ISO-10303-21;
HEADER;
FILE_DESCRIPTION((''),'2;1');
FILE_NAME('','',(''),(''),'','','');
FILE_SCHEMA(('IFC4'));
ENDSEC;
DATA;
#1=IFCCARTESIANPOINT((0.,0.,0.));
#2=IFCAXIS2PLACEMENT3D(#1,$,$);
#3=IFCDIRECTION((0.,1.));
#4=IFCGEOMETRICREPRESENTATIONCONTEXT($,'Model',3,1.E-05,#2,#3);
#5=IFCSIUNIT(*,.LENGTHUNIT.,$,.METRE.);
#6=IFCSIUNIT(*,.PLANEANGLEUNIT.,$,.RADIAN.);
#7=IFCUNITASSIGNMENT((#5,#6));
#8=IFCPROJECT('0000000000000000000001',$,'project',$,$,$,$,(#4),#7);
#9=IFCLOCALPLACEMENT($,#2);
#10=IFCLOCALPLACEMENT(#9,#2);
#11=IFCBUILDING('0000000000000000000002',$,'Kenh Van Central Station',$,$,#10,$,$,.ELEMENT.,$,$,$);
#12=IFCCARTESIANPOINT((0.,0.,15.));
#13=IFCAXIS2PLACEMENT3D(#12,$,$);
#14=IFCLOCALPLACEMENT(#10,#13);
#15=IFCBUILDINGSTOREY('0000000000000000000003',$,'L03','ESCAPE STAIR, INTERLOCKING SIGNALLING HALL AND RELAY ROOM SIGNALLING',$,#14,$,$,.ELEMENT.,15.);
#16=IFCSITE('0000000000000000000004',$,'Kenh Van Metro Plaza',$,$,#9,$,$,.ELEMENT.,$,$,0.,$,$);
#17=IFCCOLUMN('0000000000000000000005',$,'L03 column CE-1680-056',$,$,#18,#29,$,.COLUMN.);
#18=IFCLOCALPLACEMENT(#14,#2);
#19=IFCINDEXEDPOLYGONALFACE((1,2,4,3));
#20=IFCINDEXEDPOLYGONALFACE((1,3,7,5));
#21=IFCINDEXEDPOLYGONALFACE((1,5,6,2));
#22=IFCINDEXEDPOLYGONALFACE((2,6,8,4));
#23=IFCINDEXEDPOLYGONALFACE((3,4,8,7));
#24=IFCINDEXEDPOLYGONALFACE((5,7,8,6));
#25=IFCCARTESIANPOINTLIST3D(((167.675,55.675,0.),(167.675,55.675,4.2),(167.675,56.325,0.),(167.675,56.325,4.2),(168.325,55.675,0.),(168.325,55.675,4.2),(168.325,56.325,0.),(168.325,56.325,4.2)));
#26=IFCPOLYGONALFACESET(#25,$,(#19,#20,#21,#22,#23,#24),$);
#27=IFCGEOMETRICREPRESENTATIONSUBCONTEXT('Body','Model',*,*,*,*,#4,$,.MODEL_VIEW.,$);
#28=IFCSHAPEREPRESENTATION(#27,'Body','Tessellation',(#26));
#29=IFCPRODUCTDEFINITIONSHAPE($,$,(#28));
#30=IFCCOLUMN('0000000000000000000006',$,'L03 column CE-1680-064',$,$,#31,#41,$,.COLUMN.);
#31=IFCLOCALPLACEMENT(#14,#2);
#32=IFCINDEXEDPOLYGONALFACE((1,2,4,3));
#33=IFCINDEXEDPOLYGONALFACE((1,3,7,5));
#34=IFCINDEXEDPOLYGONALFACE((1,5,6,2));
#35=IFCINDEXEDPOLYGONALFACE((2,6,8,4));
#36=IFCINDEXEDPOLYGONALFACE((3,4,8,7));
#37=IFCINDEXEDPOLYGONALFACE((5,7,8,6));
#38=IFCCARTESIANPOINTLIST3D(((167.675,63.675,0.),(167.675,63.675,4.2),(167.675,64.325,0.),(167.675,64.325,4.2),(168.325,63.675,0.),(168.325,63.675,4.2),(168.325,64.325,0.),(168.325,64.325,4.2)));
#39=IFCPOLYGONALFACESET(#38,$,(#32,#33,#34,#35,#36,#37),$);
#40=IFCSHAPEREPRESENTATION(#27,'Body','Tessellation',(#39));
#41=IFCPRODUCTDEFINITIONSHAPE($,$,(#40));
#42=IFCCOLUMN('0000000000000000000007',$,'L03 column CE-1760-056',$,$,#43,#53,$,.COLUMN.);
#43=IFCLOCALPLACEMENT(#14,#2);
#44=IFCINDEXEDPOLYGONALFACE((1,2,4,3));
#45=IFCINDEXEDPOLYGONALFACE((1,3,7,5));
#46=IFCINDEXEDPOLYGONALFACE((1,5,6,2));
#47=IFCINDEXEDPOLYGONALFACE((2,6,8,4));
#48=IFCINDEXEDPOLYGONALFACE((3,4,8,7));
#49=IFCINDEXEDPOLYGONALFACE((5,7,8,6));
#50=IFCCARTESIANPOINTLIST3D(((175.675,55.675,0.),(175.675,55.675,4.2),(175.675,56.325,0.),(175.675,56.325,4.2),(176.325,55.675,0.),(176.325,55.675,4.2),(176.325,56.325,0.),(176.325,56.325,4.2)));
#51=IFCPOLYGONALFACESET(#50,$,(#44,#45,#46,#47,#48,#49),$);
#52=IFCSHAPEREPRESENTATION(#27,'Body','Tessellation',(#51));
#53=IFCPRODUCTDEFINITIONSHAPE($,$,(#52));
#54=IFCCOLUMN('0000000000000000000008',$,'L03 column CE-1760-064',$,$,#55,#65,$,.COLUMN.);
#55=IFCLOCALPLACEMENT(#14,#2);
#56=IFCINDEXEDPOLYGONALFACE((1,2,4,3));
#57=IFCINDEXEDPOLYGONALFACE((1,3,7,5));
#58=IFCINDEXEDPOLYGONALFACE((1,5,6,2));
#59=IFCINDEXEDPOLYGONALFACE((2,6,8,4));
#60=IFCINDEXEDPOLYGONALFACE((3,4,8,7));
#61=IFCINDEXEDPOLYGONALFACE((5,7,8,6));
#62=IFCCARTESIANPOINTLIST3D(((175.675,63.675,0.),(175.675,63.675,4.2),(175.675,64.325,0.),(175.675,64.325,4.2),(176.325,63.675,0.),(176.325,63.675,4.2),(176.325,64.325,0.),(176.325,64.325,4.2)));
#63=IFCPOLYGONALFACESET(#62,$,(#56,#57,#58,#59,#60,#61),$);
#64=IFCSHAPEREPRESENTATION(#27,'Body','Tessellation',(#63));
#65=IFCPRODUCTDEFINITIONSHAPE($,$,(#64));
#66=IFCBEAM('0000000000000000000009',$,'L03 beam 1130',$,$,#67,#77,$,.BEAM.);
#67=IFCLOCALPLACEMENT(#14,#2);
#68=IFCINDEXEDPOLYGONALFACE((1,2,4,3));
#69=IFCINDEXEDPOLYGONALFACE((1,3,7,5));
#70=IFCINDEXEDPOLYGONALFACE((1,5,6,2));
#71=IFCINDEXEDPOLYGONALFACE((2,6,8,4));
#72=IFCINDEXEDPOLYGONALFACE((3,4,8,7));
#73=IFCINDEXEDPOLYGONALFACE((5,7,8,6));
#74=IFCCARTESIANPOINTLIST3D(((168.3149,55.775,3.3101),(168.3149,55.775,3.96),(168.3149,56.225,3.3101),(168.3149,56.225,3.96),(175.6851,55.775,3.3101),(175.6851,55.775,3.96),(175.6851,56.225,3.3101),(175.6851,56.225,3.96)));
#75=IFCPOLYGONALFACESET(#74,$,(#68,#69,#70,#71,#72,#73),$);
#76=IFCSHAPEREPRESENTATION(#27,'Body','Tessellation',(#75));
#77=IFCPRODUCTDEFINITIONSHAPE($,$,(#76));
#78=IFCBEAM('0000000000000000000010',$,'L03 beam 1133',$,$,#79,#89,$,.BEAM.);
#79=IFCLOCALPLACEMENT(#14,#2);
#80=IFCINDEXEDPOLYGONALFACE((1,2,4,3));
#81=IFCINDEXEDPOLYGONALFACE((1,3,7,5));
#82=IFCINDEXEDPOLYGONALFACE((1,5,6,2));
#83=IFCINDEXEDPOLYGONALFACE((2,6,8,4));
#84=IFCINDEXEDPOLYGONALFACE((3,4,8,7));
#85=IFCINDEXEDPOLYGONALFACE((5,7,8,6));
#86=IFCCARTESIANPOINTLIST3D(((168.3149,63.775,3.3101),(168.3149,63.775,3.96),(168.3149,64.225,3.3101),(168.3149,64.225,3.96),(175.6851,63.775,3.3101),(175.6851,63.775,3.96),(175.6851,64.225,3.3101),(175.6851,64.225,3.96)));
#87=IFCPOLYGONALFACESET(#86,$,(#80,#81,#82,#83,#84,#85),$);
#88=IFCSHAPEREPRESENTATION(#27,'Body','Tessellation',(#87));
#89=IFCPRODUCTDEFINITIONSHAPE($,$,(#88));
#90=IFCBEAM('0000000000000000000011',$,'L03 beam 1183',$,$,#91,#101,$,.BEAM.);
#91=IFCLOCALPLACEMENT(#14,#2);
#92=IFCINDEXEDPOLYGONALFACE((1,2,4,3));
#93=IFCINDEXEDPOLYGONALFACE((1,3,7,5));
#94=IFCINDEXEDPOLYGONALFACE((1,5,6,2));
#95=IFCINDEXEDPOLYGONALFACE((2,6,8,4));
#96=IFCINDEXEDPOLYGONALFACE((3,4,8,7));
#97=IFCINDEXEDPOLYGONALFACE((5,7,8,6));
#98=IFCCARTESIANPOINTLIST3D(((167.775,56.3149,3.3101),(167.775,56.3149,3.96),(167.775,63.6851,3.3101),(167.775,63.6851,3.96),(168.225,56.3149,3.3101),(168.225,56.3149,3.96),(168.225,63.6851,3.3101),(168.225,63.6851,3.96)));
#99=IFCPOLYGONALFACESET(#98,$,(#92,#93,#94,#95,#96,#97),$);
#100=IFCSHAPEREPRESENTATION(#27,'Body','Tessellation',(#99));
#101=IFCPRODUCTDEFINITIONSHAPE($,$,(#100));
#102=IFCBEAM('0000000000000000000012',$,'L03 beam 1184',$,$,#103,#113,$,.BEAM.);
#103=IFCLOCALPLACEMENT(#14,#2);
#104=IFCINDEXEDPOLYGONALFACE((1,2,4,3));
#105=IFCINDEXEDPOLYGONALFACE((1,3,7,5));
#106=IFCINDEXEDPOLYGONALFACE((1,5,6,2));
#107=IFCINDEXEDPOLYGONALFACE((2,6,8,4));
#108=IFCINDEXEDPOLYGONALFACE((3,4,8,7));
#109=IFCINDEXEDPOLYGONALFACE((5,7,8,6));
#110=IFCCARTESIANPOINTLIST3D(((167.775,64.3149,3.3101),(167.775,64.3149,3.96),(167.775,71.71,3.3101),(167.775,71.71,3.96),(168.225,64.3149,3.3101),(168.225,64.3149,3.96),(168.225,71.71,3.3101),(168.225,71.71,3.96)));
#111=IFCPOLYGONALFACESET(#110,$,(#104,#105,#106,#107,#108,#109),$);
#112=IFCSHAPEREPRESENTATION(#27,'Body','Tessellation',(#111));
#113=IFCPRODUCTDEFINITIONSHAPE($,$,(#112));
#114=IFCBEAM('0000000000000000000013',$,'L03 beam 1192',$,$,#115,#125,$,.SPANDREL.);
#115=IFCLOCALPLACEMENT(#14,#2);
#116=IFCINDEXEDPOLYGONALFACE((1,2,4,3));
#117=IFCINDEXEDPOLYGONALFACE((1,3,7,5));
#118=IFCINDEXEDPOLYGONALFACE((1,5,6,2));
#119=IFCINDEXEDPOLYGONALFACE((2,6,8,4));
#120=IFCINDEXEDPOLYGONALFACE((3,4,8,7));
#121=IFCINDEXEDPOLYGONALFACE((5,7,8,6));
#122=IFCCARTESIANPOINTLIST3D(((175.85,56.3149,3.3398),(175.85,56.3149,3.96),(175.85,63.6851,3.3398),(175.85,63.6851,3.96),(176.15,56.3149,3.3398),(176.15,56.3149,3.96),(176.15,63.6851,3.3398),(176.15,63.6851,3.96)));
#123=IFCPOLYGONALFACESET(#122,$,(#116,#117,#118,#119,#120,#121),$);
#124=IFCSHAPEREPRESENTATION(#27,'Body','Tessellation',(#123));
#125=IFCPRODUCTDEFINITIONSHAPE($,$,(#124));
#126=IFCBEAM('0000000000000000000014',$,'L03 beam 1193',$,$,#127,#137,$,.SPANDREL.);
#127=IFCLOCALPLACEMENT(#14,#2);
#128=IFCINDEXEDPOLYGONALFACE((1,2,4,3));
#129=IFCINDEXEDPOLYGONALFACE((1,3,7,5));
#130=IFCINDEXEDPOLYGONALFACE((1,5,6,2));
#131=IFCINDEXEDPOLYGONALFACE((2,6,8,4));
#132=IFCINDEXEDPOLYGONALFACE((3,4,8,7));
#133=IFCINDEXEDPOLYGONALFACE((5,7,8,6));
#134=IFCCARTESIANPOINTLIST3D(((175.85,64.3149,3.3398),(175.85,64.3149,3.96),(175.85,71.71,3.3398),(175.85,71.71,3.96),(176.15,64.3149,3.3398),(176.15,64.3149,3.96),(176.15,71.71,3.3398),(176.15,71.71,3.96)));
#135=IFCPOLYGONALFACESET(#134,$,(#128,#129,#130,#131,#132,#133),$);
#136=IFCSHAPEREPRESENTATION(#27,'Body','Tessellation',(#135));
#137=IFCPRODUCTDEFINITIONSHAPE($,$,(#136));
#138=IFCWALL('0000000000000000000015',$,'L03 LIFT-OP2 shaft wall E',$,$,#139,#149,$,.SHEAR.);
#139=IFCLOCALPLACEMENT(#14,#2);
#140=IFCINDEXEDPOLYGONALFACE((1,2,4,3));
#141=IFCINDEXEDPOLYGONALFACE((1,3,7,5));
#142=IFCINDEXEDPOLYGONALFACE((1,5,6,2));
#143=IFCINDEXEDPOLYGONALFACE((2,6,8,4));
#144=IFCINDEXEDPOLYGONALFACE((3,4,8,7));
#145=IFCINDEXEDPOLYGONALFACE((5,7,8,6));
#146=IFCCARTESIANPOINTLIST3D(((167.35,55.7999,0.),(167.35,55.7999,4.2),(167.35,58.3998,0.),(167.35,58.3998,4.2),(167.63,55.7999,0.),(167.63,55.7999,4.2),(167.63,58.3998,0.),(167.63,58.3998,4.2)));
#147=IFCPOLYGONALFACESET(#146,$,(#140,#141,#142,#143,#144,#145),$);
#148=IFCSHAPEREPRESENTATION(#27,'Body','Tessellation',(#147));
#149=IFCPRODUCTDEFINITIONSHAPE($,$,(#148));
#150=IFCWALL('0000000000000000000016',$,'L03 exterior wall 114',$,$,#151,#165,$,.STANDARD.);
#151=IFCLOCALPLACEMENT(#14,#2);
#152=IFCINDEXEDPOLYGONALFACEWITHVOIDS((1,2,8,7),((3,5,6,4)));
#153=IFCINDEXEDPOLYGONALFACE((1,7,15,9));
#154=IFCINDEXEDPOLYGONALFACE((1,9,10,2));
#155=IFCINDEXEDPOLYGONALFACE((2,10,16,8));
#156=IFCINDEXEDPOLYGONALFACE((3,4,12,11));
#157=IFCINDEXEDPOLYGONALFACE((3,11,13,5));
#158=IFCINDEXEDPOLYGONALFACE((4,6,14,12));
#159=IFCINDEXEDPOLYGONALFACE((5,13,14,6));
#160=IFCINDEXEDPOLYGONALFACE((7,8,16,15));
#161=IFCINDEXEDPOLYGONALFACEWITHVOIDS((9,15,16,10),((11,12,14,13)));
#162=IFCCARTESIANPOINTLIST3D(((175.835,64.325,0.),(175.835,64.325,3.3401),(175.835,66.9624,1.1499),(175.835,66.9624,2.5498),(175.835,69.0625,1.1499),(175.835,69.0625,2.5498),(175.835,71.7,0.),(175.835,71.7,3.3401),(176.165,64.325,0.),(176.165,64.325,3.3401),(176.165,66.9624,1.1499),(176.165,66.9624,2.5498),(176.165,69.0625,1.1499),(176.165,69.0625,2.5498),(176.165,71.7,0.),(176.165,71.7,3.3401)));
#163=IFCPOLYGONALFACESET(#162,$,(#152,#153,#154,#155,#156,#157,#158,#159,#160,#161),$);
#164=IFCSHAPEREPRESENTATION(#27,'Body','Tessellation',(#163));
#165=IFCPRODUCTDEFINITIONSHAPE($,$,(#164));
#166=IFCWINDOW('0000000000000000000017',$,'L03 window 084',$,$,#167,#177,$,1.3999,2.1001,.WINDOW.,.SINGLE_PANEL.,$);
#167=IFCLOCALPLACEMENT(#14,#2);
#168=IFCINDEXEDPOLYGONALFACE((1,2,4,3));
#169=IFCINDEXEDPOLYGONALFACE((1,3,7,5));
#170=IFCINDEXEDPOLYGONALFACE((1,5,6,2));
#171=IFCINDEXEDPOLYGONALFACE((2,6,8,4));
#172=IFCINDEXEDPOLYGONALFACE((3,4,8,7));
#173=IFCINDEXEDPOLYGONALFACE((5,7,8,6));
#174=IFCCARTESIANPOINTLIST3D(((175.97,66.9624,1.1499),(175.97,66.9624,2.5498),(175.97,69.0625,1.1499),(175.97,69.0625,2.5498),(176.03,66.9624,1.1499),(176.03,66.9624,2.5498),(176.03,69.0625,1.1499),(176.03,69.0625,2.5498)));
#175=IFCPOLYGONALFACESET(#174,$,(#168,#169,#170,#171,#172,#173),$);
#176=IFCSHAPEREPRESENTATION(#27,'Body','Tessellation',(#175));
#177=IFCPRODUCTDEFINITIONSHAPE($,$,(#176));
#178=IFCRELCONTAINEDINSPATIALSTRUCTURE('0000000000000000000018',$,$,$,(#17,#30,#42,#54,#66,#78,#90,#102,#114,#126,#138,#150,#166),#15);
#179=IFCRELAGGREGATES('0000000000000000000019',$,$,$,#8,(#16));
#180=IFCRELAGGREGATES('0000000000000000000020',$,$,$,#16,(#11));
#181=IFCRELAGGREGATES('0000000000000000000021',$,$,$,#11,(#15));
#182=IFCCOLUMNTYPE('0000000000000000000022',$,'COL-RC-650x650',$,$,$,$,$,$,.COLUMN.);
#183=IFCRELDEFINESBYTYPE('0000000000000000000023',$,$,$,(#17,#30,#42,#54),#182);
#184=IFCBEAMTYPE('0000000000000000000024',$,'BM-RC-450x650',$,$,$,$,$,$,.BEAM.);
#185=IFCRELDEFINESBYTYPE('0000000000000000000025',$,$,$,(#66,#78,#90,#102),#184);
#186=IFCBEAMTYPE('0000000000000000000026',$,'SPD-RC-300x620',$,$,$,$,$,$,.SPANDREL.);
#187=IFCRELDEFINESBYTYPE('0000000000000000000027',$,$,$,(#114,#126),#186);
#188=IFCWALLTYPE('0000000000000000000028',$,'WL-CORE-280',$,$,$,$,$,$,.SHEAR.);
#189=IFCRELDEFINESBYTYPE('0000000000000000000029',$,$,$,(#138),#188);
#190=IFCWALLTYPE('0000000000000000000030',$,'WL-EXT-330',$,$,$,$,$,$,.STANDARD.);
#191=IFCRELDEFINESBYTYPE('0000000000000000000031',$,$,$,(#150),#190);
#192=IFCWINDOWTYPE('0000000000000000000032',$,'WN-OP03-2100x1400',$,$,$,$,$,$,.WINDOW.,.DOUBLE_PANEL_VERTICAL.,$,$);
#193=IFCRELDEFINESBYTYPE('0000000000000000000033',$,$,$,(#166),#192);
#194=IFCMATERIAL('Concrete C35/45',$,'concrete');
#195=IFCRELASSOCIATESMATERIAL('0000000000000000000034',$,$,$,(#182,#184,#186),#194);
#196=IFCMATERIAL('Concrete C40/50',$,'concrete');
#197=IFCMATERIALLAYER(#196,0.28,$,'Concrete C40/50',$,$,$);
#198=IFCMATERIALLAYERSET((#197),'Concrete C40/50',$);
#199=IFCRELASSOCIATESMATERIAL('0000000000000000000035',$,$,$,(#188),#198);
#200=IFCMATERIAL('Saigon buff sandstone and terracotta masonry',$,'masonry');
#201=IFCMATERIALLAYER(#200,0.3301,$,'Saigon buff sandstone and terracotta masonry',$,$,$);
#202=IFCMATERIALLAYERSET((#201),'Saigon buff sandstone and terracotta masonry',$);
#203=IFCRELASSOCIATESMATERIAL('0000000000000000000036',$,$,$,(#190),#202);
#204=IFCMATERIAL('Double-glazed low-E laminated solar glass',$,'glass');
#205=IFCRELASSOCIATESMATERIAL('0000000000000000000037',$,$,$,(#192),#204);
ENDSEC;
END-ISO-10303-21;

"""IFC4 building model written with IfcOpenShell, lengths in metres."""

from ifc_helpers import new_model, si_unit, direction, frame, frame_2d, origin, origin_2d, place, context, subcontext, project, spatial, rectangle, extrude, material, layer, layer_set, material_profile, profile_set, type_object, element, fill, save


model = new_model("IFC4")

# Units and contexts
model_context = context("Model", 3, precision=1e-05, world=origin(), true_north=direction((0.0, 1.0)))
body_context = subcontext(model_context, "Body", "Model", "MODEL_VIEW")
ifc_project = project(units=[si_unit("LENGTHUNIT", "METRE"), si_unit("PLANEANGLEUNIT", "RADIAN")], contexts=[model_context])

# Site, building, storey
site_placement = place(None, origin())
site = spatial("IfcSite", under=ifc_project, at=site_placement, Name="Kenh Van Metro Plaza", CompositionType="ELEMENT", RefElevation=0.0)
building_placement = place(site_placement, origin())
building = spatial("IfcBuilding", under=site, at=building_placement, Name="Kenh Van Central Station", CompositionType="ELEMENT")
storey_placement = place(building_placement, frame((0.0, 0.0, 15.0)))
storey = spatial("IfcBuildingStorey", under=building, at=storey_placement, Name="L03", Description="ESCAPE STAIR, INTERLOCKING SIGNALLING HALL AND RELAY ROOM SIGNALLING", CompositionType="ELEMENT", Elevation=15.0)

# Columns
ifc_material_1 = material(Name="Concrete C35/45", Category="concrete")
ifc_material_profile_1 = material_profile(ifc_material_1, rectangle(XDim=0.6499, YDim=0.6499, at=origin_2d()), Name="RC 650x650")
ifc_profile_set_1 = profile_set([ifc_material_profile_1], Name="Concrete C35/45")
column_type = type_object("IfcColumnType", Name="COL-RC-650x650", PredefinedType="COLUMN", material=ifc_profile_set_1)
for number, where, z_axis, x_axis, name in (
    (1, (168.0, 56.0, 0.0), (0.0, 0.0, 1.0), (1.0, 0.0, 0.0), "L03 column CE-1680-056"),
    (2, (168.0, 64.0, 0.0), (0.0, 0.0, 1.0), (1.0, 0.0, 0.0), "L03 column CE-1680-064"),
    (3, (176.0, 56.0, 0.0), (0.0, 0.0, 1.0), (1.0, 0.0, 0.0), "L03 column CE-1760-056"),
    (4, (176.0, 64.0, 0.0), (0.0, 0.0, 1.0), (1.0, 0.0, 0.0), "L03 column CE-1760-064"),
):
    element("IfcColumn", number, at=place(storey_placement, frame(where, z_axis=z_axis, x_axis=x_axis)), inside=storey, type_object=column_type, Name=name, PredefinedType="COLUMN", context=body_context, shape_type="SweptSolid", body=[
        extrude(rectangle(XDim=0.6499, YDim=0.6499, at=origin_2d()), origin(), (0.0, 0.0, 1.0), 4.2),
    ])

# Beams
ifc_material_profile_2 = material_profile(ifc_material_1, rectangle(XDim=0.45, YDim=0.6499, at=origin_2d()), Name="RC 450x650")
ifc_profile_set_2 = profile_set([ifc_material_profile_2], Name="Concrete C35/45")
beam_type_1 = type_object("IfcBeamType", Name="BM-RC-450x650", PredefinedType="BEAM", material=ifc_profile_set_2)
for number, where, z_axis, x_axis, name in (
    (5, (168.3149, 56.0, 3.635), (1.0, 0.0, 0.0), (0.0, 1.0, 0.0), "L03 beam 1130"),
    (6, (168.3149, 64.0, 3.635), (1.0, 0.0, 0.0), (0.0, 1.0, 0.0), "L03 beam 1133"),
    (7, (168.0, 56.3149, 3.635), (0.0, 1.0, 0.0), (-1.0, 0.0, 0.0), "L03 beam 1183"),
):
    element("IfcBeam", number, at=place(storey_placement, frame(where, z_axis=z_axis, x_axis=x_axis)), inside=storey, type_object=beam_type_1, Name=name, PredefinedType="BEAM", context=body_context, shape_type="SweptSolid", body=[
        extrude(rectangle(XDim=0.45, YDim=0.6499, at=origin_2d()), origin(), (0.0, 0.0, 1.0), 7.3701),
    ])
beam_1_placement = place(storey_placement, frame((168.0, 64.3149, 3.635), z_axis=(0.0, 1.0, 0.0), x_axis=(-1.0, 0.0, 0.0)))
element("IfcBeam", 8, at=beam_1_placement, inside=storey, type_object=beam_type_1, Name="L03 beam 1184", PredefinedType="BEAM", context=body_context, shape_type="SweptSolid", body=[
    extrude(rectangle(XDim=0.45, YDim=0.6499, at=origin_2d()), origin(), (0.0, 0.0, 1.0), 7.395),
])
ifc_material_profile_3 = material_profile(ifc_material_1, rectangle(XDim=0.3, YDim=0.6201, at=origin_2d()), Name="RC 300x620")
ifc_profile_set_3 = profile_set([ifc_material_profile_3], Name="Concrete C35/45")
beam_type_2 = type_object("IfcBeamType", Name="SPD-RC-300x620", PredefinedType="SPANDREL", material=ifc_profile_set_3)
beam_2_placement = place(storey_placement, frame((176.0, 56.3149, 3.6499), z_axis=(0.0, 1.0, 0.0), x_axis=(-1.0, 0.0, 0.0)))
element("IfcBeam", 9, at=beam_2_placement, inside=storey, type_object=beam_type_2, Name="L03 beam 1192", PredefinedType="SPANDREL", context=body_context, shape_type="SweptSolid", body=[
    extrude(rectangle(XDim=0.3, YDim=0.6201, at=origin_2d()), origin(), (0.0, 0.0, 1.0), 7.3701),
])
beam_3_placement = place(storey_placement, frame((176.0, 64.3149, 3.6499), z_axis=(0.0, 1.0, 0.0), x_axis=(-1.0, 0.0, 0.0)))
element("IfcBeam", 10, at=beam_3_placement, inside=storey, type_object=beam_type_2, Name="L03 beam 1193", PredefinedType="SPANDREL", context=body_context, shape_type="SweptSolid", body=[
    extrude(rectangle(XDim=0.3, YDim=0.6201, at=origin_2d()), origin(), (0.0, 0.0, 1.0), 7.395),
])

# Shared definitions
ifc_material_2 = material(Name="Concrete C40/50", Category="concrete")
ifc_layer_1 = layer(ifc_material_2, 0.28, Name="Concrete C40/50")
ifc_layer_set_1 = layer_set([ifc_layer_1], Name="Concrete C40/50")
wall_type_1 = type_object("IfcWallType", Name="WL-CORE-280", PredefinedType="SHEAR", material=ifc_layer_set_1)

# Wall
wall_1_placement = place(storey_placement, frame((167.49, 55.8, 0.0), z_axis=(0.0, 0.0, 1.0), x_axis=(0.0, 1.0, 0.0)))
element("IfcWall", 11, at=wall_1_placement, inside=storey, type_object=wall_type_1, Name="L03 LIFT-OP2 shaft wall E", PredefinedType="SHEAR", context=body_context, shape_type="SweptSolid", body=[
    extrude(rectangle(XDim=2.5999, YDim=0.28, at=frame_2d((1.2998, 0.0))), origin(), (0.0, 0.0, 1.0), 4.2),
])

# Wall, opening, window
ifc_material_3 = material(Name="Saigon buff sandstone and terracotta masonry", Category="masonry")
ifc_layer_2 = layer(ifc_material_3, 0.3301, Name="Saigon buff sandstone and terracotta masonry")
ifc_layer_set_2 = layer_set([ifc_layer_2], Name="Saigon buff sandstone and terracotta masonry")
wall_type_2 = type_object("IfcWallType", Name="WL-EXT-330", PredefinedType="STANDARD", material=ifc_layer_set_2)
wall_2_placement = place(storey_placement, frame((176.0, 64.325, 0.0), z_axis=(0.0, 0.0, 1.0), x_axis=(0.0, 1.0, 0.0)))
wall_2 = element("IfcWall", 12, at=wall_2_placement, inside=storey, type_object=wall_type_2, Name="L03 exterior wall 114", PredefinedType="STANDARD", context=body_context, shape_type="SweptSolid", body=[
    extrude(rectangle(XDim=7.375, YDim=0.3301, at=frame_2d((3.6875, 0.0))), origin(), (0.0, 0.0, 1.0), 3.3401),
])
opening_1_placement = place(wall_2_placement, frame((2.6375, 0.0, 1.1499)))
opening_1 = element("IfcOpeningElement", 13, at=opening_1_placement, cuts=wall_2, PredefinedType="OPENING", context=body_context, shape_type="SweptSolid", body=[
    extrude(rectangle(XDim=2.1001, YDim=1.3999, at=frame_2d((1.05, 0.7))), frame((0.0, 0.175, 0.0), z_axis=(0.0, -1.0, 0.0), x_axis=(1.0, 0.0, 0.0)), (0.0, 0.0, 1.0), 0.3501),
])
ifc_material_4 = material(Name="Double-glazed low-E laminated solar glass", Category="glass")
window_type_1 = type_object("IfcWindowType", Name="WN-OP03-2100x1400", PartitioningType="DOUBLE_PANEL_VERTICAL", PredefinedType="WINDOW", material=ifc_material_4)
window_1_placement = place(opening_1_placement, origin())
window_1 = element("IfcWindow", 14, at=window_1_placement, inside=storey, type_object=window_type_1, Name="L03 window 084", OverallHeight=1.3999, OverallWidth=2.1001, PartitioningType="SINGLE_PANEL", PredefinedType="WINDOW", context=body_context, shape_type="SweptSolid", body=[
    extrude(rectangle(XDim=2.1001, YDim=1.3999, at=frame_2d((1.05, 0.7))), frame((0.0, 0.03, 0.0), z_axis=(0.0, -1.0, 0.0), x_axis=(1.0, 0.0, 0.0)), (0.0, 0.0, 1.0), 0.0601),
])
fill(opening_1, window_1)

save(model, "model.ifc")
